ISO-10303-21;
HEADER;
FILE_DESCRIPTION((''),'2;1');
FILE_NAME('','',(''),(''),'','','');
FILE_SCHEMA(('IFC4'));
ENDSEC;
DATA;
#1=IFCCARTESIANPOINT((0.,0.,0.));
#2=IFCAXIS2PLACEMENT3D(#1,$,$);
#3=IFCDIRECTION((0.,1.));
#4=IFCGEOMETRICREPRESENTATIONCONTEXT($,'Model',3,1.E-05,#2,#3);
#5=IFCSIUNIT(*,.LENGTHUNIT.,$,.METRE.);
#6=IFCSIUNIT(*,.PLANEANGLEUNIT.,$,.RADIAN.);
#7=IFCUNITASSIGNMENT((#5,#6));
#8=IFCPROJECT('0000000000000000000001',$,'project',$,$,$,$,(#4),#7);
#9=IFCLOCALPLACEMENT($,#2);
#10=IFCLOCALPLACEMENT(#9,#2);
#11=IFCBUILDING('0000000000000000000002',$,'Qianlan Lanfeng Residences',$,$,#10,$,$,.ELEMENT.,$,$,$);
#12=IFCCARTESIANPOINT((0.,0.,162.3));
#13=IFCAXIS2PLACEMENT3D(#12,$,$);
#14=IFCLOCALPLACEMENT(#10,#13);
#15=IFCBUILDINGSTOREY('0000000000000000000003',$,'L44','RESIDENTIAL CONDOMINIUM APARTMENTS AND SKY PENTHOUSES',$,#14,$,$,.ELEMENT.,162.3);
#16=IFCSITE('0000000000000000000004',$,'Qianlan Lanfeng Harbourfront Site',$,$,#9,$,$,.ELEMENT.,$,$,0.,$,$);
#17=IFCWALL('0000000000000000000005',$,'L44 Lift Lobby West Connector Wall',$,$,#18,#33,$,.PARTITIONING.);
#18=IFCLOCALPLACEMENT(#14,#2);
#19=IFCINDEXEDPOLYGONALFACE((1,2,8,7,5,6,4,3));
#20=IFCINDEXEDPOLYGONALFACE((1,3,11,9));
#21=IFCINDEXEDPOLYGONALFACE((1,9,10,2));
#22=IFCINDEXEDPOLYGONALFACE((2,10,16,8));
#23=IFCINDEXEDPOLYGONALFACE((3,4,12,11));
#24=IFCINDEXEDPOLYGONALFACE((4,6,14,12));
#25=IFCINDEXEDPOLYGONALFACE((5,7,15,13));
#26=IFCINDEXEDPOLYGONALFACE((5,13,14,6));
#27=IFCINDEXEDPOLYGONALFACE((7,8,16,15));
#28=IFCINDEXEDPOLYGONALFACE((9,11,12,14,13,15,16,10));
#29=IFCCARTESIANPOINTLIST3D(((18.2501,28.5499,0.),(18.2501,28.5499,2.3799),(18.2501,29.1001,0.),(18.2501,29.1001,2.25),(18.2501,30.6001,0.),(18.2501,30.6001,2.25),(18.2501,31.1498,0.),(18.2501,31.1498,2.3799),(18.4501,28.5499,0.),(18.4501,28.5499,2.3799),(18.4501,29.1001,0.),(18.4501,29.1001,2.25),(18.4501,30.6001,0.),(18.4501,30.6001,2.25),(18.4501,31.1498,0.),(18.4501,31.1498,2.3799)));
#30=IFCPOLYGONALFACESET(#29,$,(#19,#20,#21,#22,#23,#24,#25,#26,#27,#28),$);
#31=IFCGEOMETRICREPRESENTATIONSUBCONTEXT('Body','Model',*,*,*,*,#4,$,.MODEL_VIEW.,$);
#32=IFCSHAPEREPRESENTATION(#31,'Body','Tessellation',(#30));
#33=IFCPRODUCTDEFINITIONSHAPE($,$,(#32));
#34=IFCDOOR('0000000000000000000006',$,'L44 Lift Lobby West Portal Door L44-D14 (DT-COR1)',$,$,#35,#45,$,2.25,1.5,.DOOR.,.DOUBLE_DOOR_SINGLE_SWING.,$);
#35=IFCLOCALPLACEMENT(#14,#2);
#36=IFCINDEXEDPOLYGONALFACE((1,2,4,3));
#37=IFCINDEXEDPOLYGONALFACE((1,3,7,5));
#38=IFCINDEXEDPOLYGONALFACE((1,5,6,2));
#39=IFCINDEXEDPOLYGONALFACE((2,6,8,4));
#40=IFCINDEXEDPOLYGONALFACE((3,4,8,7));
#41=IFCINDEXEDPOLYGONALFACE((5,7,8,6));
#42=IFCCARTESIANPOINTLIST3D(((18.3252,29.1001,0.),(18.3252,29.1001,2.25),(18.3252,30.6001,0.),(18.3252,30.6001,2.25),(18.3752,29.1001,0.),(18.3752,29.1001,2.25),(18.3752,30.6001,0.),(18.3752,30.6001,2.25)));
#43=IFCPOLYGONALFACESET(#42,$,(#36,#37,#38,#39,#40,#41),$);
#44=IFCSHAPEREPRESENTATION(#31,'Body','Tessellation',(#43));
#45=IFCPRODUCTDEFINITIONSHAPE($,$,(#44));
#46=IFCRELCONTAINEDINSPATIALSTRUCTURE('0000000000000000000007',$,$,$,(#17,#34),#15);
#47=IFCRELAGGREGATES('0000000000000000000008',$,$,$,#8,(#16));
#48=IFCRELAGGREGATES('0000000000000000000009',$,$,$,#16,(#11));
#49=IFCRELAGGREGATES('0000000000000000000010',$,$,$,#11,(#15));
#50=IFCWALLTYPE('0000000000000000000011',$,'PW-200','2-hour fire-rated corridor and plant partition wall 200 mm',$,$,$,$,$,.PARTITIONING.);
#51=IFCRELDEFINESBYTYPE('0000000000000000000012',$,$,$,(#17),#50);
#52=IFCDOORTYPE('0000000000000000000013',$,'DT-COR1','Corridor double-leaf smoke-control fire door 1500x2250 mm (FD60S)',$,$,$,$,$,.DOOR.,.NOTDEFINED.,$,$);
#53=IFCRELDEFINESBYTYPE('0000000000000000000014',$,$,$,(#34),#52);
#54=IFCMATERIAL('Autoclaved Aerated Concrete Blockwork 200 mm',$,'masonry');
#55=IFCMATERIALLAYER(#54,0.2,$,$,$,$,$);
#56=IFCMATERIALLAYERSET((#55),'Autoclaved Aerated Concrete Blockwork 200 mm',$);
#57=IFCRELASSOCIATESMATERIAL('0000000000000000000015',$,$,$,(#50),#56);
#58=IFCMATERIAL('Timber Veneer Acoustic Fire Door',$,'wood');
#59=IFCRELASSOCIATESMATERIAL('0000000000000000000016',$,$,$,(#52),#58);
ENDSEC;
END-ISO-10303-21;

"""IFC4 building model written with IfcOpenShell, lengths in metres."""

from ifc_helpers import new_model, si_unit, direction, frame, frame_2d, origin, place, context, subcontext, project, spatial, rectangle, extrude, material, layer, layer_set, type_object, element, fill, save


model = new_model("IFC4")

# Units and contexts
model_context = context("Model", 3, precision=1e-05, world=origin(), true_north=direction((0.0, 1.0)))
body_context = subcontext(model_context, "Body", "Model", "MODEL_VIEW")
ifc_project = project(units=[si_unit("LENGTHUNIT", "METRE"), si_unit("PLANEANGLEUNIT", "RADIAN")], contexts=[model_context])

# Site, building, storey
site_placement = place(None, origin())
site = spatial("IfcSite", under=ifc_project, at=site_placement, Name="Qianlan Lanfeng Harbourfront Site", CompositionType="ELEMENT", RefElevation=0.0)
building_placement = place(site_placement, origin())
building = spatial("IfcBuilding", under=site, at=building_placement, Name="Qianlan Lanfeng Residences", CompositionType="ELEMENT")
storey_placement = place(building_placement, frame((0.0, 0.0, 162.3)))
storey = spatial("IfcBuildingStorey", under=building, at=storey_placement, Name="L44", Description="RESIDENTIAL CONDOMINIUM APARTMENTS AND SKY PENTHOUSES", CompositionType="ELEMENT", Elevation=162.3)

# Wall, opening, door
ifc_material_1 = material(Name="Autoclaved Aerated Concrete Blockwork 200 mm", Category="masonry")
ifc_layer_1 = layer(ifc_material_1, 0.2)
ifc_layer_set_1 = layer_set([ifc_layer_1], Name="Autoclaved Aerated Concrete Blockwork 200 mm")
wall_type_1 = type_object("IfcWallType", Name="PW-200", Description="2-hour fire-rated corridor and plant partition wall 200 mm", PredefinedType="PARTITIONING", material=ifc_layer_set_1)
wall_1_placement = place(storey_placement, frame((18.3501, 28.55, 0.0), z_axis=(0.0, 0.0, 1.0), x_axis=(0.0, 1.0, 0.0)))
wall_1 = element("IfcWall", 1, at=wall_1_placement, inside=storey, type_object=wall_type_1, Name="L44 Lift Lobby West Connector Wall", PredefinedType="PARTITIONING", context=body_context, shape_type="SweptSolid", body=[
    extrude(rectangle(XDim=2.5999, YDim=0.2, at=frame_2d((1.2998, 0.0))), origin(), (0.0, 0.0, 1.0), 2.3799),
])
opening_1_placement = place(wall_1_placement, frame((0.55, 0.0, 0.0)))
opening_1 = element("IfcOpeningElement", 2, at=opening_1_placement, cuts=wall_1, PredefinedType="OPENING", context=body_context, shape_type="SweptSolid", body=[
    extrude(rectangle(XDim=1.5, YDim=2.25, at=frame_2d((0.75, 1.125))), frame((0.0, 0.1099, 0.0), z_axis=(0.0, -1.0, 0.0), x_axis=(1.0, 0.0, 0.0)), (0.0, 0.0, 1.0), 0.22),
])
ifc_material_2 = material(Name="Timber Veneer Acoustic Fire Door", Category="wood")
door_type_1 = type_object("IfcDoorType", Name="DT-COR1", Description="Corridor double-leaf smoke-control fire door 1500x2250 mm (FD60S)", OperationType="NOTDEFINED", PredefinedType="DOOR", material=ifc_material_2)
door_1_placement = place(opening_1_placement, origin())
door_1 = element("IfcDoor", 3, at=door_1_placement, inside=storey, type_object=door_type_1, Name="L44 Lift Lobby West Portal Door L44-D14 (DT-COR1)", OperationType="DOUBLE_DOOR_SINGLE_SWING", OverallHeight=2.25, OverallWidth=1.5, PredefinedType="DOOR", context=body_context, shape_type="SweptSolid", body=[
    extrude(rectangle(XDim=1.5, YDim=2.25, at=frame_2d((0.75, 1.125))), frame((0.0, 0.0249, 0.0), z_axis=(0.0, -1.0, 0.0), x_axis=(1.0, 0.0, 0.0)), (0.0, 0.0, 1.0), 0.05),
])
fill(opening_1, door_1)

save(model, "model.ifc")
